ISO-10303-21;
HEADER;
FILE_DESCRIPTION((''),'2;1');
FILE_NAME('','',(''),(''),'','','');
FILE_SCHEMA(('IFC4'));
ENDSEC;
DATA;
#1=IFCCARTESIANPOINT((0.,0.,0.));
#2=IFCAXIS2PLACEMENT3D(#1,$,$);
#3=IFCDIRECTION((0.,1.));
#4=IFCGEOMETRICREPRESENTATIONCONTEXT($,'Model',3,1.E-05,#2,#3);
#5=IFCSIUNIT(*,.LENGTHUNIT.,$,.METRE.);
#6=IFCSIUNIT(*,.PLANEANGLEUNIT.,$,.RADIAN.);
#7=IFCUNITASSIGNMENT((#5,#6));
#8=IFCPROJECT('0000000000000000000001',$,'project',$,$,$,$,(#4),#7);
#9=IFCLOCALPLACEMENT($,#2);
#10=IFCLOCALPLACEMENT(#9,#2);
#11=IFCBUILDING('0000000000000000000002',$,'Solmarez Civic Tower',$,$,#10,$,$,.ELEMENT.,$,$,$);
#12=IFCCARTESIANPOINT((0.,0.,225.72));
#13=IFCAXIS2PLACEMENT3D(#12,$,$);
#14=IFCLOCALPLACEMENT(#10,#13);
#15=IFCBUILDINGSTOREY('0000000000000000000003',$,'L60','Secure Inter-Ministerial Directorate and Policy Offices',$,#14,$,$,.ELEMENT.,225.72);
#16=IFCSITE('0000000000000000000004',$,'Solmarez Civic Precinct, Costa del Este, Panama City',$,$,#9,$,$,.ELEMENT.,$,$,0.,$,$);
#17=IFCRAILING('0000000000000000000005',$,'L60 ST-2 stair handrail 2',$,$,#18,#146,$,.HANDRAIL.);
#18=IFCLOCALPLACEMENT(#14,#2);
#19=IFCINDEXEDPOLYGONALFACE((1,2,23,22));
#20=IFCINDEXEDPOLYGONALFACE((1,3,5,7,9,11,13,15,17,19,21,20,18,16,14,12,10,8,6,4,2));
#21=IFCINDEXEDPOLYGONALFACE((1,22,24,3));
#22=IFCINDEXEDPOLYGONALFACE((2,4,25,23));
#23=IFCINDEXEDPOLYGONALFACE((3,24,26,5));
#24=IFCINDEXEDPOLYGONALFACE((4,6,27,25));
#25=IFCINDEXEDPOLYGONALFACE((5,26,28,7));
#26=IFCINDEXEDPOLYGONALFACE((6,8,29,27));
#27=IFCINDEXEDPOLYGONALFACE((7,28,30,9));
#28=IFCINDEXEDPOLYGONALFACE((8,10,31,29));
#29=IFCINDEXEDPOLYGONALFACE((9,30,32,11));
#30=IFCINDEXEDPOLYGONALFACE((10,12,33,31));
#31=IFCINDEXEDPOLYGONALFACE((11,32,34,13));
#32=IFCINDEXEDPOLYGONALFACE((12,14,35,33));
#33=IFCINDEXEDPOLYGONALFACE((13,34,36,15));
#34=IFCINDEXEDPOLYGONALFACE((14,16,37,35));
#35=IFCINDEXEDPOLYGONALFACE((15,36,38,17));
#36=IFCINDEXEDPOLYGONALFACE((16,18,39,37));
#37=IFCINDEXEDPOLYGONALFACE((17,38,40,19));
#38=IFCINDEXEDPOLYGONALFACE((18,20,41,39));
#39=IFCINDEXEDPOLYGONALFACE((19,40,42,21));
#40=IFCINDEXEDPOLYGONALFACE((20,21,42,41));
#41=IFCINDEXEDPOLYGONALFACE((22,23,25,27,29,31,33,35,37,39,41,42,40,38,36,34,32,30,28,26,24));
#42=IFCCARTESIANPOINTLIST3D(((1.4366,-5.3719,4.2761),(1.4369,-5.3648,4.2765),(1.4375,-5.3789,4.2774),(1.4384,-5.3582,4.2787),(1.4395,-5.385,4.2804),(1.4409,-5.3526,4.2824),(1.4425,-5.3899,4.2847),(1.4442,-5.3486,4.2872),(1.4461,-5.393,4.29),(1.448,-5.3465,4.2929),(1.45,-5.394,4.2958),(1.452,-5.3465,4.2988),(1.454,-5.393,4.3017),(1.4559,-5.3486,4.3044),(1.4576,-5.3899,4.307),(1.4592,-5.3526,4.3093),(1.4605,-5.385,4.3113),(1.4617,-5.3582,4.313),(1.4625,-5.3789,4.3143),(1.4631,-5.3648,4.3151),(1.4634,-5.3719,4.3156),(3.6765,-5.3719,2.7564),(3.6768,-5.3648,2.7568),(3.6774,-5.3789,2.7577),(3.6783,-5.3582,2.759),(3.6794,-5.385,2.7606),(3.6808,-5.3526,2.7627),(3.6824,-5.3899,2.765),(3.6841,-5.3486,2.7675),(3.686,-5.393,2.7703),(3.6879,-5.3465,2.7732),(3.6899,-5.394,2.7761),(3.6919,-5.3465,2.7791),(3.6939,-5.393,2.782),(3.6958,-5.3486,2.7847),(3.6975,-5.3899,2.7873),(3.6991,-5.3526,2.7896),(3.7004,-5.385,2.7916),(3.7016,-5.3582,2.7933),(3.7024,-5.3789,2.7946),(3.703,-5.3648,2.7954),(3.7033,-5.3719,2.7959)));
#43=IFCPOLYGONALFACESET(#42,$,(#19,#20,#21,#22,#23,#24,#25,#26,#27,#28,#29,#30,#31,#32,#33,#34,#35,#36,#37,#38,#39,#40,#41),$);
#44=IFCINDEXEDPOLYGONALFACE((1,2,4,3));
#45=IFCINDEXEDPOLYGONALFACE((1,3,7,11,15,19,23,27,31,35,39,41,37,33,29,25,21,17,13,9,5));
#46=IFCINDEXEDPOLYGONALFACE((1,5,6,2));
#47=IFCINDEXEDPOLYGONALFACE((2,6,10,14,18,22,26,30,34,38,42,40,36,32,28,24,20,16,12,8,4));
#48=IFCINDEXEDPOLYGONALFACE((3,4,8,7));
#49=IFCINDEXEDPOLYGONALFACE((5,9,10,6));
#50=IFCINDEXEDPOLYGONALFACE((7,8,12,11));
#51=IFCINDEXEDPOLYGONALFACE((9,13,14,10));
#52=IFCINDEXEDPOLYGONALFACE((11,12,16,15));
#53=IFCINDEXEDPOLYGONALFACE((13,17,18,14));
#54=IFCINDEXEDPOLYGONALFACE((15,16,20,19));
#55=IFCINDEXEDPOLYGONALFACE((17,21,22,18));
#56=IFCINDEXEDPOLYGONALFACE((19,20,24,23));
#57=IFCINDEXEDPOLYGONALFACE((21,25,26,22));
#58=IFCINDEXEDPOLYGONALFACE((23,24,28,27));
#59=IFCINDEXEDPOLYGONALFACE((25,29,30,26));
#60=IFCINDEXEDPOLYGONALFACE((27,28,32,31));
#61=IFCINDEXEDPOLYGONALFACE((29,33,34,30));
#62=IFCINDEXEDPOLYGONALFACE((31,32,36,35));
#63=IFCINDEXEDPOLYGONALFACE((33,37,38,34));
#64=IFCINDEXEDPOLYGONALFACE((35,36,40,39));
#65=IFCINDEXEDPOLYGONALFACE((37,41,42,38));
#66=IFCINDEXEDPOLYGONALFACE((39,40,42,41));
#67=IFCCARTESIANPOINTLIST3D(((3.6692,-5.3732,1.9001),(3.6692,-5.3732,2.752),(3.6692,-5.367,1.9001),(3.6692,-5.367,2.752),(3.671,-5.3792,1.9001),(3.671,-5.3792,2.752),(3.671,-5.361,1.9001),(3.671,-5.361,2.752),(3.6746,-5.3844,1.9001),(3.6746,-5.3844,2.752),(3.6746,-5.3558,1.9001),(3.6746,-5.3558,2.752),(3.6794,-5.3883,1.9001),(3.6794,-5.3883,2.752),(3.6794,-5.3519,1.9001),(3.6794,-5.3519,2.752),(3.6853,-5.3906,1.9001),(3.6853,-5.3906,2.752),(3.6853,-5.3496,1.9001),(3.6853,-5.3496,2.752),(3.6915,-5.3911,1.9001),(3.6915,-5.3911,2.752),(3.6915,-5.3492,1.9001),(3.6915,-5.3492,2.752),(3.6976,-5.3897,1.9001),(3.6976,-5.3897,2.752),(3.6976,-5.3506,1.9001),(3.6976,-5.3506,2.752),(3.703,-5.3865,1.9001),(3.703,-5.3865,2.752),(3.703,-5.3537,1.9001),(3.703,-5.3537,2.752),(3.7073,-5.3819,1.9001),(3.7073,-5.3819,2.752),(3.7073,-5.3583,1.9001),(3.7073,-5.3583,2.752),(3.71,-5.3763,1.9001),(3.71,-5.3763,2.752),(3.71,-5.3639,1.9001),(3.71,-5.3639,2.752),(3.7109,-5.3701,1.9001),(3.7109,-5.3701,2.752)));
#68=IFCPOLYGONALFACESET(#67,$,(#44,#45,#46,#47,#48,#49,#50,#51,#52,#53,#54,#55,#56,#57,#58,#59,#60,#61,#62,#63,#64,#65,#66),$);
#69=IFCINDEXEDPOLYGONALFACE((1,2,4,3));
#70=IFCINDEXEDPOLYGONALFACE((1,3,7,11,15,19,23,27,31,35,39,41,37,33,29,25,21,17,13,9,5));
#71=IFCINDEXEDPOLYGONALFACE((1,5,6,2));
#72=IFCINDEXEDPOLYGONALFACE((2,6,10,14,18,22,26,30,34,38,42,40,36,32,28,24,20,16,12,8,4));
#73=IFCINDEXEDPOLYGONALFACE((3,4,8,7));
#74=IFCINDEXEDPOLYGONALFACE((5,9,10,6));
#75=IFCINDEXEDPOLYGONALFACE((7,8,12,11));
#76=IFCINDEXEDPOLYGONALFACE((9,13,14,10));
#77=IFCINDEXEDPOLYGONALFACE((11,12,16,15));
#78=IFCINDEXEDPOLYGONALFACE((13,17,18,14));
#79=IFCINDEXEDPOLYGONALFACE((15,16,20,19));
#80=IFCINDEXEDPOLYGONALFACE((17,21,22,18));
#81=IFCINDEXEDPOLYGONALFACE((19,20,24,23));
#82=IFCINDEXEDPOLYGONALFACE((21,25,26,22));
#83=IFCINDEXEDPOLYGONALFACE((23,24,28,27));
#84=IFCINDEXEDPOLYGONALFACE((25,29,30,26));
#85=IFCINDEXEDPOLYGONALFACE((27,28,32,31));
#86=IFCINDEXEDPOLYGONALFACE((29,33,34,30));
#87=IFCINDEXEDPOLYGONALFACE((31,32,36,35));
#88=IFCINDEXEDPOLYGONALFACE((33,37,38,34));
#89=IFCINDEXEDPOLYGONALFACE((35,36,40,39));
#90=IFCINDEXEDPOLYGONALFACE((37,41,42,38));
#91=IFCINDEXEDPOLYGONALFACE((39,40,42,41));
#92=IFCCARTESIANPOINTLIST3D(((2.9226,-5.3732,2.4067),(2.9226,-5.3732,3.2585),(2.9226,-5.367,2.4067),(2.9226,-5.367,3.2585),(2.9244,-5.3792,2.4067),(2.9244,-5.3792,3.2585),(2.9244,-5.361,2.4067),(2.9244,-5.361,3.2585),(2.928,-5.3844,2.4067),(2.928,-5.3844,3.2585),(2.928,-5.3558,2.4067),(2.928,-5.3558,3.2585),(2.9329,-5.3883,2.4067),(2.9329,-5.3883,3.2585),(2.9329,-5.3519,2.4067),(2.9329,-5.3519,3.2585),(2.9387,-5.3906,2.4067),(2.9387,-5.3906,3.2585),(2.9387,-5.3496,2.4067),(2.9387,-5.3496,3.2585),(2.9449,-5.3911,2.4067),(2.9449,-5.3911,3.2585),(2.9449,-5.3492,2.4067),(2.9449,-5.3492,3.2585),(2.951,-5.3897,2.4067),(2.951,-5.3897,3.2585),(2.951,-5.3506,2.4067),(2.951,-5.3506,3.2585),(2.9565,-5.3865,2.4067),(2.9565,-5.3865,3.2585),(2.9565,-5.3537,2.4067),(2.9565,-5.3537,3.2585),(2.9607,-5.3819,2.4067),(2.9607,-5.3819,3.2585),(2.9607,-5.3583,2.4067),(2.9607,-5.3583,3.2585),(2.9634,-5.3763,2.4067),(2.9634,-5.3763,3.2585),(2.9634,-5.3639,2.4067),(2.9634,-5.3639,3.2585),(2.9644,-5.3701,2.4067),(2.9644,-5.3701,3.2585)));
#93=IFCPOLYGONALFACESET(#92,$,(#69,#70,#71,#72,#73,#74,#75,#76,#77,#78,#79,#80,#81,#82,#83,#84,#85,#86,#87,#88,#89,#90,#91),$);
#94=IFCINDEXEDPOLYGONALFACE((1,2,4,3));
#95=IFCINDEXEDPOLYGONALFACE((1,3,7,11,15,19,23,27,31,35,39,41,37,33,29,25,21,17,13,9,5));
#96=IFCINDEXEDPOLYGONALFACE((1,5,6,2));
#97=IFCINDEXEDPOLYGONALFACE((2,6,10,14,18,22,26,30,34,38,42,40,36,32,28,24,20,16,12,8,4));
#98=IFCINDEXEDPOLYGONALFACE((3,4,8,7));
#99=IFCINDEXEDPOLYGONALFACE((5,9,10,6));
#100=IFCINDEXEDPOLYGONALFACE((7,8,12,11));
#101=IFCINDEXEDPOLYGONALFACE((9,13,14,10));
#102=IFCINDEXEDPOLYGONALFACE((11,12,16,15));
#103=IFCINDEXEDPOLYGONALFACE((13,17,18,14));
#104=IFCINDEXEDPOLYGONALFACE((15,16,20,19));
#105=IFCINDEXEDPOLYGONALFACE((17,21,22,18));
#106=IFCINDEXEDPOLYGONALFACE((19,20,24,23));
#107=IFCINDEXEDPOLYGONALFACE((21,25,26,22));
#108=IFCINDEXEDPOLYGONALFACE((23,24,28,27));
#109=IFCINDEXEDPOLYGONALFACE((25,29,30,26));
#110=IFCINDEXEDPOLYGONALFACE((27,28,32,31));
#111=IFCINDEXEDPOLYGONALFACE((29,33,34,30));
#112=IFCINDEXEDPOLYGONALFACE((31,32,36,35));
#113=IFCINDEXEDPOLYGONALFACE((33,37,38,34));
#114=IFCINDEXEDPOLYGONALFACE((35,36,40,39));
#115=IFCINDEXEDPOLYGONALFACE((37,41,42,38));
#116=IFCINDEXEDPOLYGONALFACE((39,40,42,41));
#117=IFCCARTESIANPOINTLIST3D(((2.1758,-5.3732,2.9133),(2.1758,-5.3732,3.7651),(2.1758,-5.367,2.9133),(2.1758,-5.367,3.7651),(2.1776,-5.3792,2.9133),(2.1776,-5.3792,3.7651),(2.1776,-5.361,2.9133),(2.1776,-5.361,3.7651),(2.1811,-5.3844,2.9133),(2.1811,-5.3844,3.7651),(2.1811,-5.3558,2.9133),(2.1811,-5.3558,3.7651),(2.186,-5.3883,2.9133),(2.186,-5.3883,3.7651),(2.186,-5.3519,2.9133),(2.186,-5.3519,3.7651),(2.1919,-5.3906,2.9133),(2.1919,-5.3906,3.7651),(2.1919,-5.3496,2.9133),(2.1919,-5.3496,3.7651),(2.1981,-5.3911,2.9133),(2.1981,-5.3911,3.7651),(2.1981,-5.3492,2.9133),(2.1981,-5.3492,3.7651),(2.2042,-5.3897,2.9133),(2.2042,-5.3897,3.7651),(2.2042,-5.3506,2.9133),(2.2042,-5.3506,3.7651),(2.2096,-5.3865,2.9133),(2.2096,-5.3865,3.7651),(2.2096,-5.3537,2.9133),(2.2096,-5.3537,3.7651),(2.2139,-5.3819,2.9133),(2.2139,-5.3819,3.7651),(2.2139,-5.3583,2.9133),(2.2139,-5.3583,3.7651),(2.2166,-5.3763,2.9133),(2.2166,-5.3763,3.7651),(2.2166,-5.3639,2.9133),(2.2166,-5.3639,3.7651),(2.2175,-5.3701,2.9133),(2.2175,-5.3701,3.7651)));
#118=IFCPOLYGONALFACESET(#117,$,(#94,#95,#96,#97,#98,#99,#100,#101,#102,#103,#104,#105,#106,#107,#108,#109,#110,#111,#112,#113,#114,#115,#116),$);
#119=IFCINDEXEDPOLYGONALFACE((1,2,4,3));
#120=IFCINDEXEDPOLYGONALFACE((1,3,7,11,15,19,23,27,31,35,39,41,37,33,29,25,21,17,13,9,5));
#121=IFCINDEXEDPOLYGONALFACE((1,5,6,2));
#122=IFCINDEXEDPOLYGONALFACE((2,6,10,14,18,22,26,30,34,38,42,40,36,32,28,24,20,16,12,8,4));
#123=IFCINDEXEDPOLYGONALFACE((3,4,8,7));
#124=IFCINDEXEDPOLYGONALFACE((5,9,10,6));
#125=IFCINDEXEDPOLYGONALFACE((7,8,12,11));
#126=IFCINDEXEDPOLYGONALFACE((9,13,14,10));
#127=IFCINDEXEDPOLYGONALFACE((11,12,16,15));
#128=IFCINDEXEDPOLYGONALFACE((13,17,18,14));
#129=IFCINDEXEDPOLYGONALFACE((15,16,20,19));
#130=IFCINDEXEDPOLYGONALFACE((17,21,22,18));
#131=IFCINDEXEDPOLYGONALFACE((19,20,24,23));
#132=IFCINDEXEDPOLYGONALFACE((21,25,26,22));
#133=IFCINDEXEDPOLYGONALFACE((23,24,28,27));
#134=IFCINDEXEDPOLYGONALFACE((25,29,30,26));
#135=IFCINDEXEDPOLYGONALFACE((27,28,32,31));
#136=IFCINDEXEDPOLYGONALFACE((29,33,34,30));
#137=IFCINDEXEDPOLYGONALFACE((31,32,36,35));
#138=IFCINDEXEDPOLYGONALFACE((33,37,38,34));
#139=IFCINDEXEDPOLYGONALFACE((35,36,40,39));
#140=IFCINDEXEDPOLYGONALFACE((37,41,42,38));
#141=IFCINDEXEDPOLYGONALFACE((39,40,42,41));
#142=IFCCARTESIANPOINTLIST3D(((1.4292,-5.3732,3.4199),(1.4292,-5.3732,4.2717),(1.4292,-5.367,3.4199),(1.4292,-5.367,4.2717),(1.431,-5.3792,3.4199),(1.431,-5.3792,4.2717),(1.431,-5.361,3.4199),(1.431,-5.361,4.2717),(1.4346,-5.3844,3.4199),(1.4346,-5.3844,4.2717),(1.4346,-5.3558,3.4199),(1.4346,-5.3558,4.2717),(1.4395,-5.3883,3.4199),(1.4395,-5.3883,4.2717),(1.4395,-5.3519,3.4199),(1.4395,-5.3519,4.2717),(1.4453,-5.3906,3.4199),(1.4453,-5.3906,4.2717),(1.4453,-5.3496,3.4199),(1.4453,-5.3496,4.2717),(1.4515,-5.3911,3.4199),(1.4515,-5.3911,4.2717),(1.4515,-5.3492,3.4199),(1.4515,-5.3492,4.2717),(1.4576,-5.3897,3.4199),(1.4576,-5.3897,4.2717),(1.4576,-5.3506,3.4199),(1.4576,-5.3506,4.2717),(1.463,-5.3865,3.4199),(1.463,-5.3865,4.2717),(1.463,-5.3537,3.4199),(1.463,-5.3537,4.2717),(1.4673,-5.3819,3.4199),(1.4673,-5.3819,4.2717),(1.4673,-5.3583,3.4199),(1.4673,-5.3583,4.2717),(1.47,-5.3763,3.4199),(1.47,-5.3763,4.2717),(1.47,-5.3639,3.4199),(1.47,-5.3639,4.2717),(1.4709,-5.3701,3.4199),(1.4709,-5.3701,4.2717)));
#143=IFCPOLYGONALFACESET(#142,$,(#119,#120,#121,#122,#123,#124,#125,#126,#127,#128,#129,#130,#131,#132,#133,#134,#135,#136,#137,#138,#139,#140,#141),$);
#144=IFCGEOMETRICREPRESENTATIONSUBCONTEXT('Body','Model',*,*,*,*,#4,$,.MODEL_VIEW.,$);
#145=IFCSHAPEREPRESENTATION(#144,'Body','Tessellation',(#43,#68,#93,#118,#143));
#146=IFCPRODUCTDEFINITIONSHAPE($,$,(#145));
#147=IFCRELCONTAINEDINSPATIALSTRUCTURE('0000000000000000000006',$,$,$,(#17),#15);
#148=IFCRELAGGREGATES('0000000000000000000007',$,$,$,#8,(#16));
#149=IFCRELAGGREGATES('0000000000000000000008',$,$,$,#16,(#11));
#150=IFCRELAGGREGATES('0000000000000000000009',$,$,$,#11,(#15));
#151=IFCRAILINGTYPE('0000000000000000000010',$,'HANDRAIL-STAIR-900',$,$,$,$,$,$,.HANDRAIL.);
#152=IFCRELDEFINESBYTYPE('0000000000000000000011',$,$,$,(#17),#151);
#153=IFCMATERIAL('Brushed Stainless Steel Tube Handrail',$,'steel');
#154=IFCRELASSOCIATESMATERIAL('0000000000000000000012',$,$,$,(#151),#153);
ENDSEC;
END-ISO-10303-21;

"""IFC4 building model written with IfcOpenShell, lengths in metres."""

from ifc_helpers import new_model, si_unit, direction, frame, origin, origin_2d, place, context, subcontext, project, spatial, circle, extrude, material, type_object, element, save


model = new_model("IFC4")

# Units and contexts
model_context = context("Model", 3, precision=1e-05, world=origin(), true_north=direction((0.0, 1.0)))
body_context = subcontext(model_context, "Body", "Model", "MODEL_VIEW")
ifc_project = project(units=[si_unit("LENGTHUNIT", "METRE"), si_unit("PLANEANGLEUNIT", "RADIAN")], contexts=[model_context])

# Site, building, storey
site_placement = place(None, origin())
site = spatial("IfcSite", under=ifc_project, at=site_placement, Name="Solmarez Civic Precinct, Costa del Este, Panama City", CompositionType="ELEMENT", RefElevation=0.0)
building_placement = place(site_placement, origin())
building = spatial("IfcBuilding", under=site, at=building_placement, Name="Solmarez Civic Tower", CompositionType="ELEMENT")
storey_placement = place(building_placement, frame((0.0, 0.0, 225.72)))
storey = spatial("IfcBuildingStorey", under=building, at=storey_placement, Name="L60", Description="Secure Inter-Ministerial Directorate and Policy Offices", CompositionType="ELEMENT", Elevation=225.72)

# Railing
ifc_material_1 = material(Name="Brushed Stainless Steel Tube Handrail", Category="steel")
railing_type_1 = type_object("IfcRailingType", Name="HANDRAIL-STAIR-900", PredefinedType="HANDRAIL", material=ifc_material_1)
railing_1_placement = place(storey_placement, frame((3.6899, -5.3701, 1.9001)))
element("IfcRailing", 1, at=railing_1_placement, inside=storey, type_object=railing_type_1, Name="L60 ST-2 stair handrail 2", PredefinedType="HANDRAIL", context=body_context, shape_type="SweptSolid", body=[
    extrude(circle(Radius=0.0239, at=origin_2d()), frame((0.0, 0.0, 0.876), z_axis=(-0.827513, 0.0, 0.561446), x_axis=(0.0, -1.0, 0.0)), (0.0, 0.0, 1.0), 2.7068),
    extrude(circle(Radius=0.021, at=origin_2d()), origin(), (0.0, 0.0, 1.0), 0.8518),
    extrude(circle(Radius=0.021, at=origin_2d()), frame((-0.7466, 0.0, 0.5066)), (0.0, 0.0, 1.0), 0.8518),
    extrude(circle(Radius=0.021, at=origin_2d()), frame((-1.4934, 0.0, 1.0132)), (0.0, 0.0, 1.0), 0.8518),
    extrude(circle(Radius=0.021, at=origin_2d()), frame((-2.24, 0.0, 1.5198)), (0.0, 0.0, 1.0), 0.8518),
])

save(model, "model.ifc")
